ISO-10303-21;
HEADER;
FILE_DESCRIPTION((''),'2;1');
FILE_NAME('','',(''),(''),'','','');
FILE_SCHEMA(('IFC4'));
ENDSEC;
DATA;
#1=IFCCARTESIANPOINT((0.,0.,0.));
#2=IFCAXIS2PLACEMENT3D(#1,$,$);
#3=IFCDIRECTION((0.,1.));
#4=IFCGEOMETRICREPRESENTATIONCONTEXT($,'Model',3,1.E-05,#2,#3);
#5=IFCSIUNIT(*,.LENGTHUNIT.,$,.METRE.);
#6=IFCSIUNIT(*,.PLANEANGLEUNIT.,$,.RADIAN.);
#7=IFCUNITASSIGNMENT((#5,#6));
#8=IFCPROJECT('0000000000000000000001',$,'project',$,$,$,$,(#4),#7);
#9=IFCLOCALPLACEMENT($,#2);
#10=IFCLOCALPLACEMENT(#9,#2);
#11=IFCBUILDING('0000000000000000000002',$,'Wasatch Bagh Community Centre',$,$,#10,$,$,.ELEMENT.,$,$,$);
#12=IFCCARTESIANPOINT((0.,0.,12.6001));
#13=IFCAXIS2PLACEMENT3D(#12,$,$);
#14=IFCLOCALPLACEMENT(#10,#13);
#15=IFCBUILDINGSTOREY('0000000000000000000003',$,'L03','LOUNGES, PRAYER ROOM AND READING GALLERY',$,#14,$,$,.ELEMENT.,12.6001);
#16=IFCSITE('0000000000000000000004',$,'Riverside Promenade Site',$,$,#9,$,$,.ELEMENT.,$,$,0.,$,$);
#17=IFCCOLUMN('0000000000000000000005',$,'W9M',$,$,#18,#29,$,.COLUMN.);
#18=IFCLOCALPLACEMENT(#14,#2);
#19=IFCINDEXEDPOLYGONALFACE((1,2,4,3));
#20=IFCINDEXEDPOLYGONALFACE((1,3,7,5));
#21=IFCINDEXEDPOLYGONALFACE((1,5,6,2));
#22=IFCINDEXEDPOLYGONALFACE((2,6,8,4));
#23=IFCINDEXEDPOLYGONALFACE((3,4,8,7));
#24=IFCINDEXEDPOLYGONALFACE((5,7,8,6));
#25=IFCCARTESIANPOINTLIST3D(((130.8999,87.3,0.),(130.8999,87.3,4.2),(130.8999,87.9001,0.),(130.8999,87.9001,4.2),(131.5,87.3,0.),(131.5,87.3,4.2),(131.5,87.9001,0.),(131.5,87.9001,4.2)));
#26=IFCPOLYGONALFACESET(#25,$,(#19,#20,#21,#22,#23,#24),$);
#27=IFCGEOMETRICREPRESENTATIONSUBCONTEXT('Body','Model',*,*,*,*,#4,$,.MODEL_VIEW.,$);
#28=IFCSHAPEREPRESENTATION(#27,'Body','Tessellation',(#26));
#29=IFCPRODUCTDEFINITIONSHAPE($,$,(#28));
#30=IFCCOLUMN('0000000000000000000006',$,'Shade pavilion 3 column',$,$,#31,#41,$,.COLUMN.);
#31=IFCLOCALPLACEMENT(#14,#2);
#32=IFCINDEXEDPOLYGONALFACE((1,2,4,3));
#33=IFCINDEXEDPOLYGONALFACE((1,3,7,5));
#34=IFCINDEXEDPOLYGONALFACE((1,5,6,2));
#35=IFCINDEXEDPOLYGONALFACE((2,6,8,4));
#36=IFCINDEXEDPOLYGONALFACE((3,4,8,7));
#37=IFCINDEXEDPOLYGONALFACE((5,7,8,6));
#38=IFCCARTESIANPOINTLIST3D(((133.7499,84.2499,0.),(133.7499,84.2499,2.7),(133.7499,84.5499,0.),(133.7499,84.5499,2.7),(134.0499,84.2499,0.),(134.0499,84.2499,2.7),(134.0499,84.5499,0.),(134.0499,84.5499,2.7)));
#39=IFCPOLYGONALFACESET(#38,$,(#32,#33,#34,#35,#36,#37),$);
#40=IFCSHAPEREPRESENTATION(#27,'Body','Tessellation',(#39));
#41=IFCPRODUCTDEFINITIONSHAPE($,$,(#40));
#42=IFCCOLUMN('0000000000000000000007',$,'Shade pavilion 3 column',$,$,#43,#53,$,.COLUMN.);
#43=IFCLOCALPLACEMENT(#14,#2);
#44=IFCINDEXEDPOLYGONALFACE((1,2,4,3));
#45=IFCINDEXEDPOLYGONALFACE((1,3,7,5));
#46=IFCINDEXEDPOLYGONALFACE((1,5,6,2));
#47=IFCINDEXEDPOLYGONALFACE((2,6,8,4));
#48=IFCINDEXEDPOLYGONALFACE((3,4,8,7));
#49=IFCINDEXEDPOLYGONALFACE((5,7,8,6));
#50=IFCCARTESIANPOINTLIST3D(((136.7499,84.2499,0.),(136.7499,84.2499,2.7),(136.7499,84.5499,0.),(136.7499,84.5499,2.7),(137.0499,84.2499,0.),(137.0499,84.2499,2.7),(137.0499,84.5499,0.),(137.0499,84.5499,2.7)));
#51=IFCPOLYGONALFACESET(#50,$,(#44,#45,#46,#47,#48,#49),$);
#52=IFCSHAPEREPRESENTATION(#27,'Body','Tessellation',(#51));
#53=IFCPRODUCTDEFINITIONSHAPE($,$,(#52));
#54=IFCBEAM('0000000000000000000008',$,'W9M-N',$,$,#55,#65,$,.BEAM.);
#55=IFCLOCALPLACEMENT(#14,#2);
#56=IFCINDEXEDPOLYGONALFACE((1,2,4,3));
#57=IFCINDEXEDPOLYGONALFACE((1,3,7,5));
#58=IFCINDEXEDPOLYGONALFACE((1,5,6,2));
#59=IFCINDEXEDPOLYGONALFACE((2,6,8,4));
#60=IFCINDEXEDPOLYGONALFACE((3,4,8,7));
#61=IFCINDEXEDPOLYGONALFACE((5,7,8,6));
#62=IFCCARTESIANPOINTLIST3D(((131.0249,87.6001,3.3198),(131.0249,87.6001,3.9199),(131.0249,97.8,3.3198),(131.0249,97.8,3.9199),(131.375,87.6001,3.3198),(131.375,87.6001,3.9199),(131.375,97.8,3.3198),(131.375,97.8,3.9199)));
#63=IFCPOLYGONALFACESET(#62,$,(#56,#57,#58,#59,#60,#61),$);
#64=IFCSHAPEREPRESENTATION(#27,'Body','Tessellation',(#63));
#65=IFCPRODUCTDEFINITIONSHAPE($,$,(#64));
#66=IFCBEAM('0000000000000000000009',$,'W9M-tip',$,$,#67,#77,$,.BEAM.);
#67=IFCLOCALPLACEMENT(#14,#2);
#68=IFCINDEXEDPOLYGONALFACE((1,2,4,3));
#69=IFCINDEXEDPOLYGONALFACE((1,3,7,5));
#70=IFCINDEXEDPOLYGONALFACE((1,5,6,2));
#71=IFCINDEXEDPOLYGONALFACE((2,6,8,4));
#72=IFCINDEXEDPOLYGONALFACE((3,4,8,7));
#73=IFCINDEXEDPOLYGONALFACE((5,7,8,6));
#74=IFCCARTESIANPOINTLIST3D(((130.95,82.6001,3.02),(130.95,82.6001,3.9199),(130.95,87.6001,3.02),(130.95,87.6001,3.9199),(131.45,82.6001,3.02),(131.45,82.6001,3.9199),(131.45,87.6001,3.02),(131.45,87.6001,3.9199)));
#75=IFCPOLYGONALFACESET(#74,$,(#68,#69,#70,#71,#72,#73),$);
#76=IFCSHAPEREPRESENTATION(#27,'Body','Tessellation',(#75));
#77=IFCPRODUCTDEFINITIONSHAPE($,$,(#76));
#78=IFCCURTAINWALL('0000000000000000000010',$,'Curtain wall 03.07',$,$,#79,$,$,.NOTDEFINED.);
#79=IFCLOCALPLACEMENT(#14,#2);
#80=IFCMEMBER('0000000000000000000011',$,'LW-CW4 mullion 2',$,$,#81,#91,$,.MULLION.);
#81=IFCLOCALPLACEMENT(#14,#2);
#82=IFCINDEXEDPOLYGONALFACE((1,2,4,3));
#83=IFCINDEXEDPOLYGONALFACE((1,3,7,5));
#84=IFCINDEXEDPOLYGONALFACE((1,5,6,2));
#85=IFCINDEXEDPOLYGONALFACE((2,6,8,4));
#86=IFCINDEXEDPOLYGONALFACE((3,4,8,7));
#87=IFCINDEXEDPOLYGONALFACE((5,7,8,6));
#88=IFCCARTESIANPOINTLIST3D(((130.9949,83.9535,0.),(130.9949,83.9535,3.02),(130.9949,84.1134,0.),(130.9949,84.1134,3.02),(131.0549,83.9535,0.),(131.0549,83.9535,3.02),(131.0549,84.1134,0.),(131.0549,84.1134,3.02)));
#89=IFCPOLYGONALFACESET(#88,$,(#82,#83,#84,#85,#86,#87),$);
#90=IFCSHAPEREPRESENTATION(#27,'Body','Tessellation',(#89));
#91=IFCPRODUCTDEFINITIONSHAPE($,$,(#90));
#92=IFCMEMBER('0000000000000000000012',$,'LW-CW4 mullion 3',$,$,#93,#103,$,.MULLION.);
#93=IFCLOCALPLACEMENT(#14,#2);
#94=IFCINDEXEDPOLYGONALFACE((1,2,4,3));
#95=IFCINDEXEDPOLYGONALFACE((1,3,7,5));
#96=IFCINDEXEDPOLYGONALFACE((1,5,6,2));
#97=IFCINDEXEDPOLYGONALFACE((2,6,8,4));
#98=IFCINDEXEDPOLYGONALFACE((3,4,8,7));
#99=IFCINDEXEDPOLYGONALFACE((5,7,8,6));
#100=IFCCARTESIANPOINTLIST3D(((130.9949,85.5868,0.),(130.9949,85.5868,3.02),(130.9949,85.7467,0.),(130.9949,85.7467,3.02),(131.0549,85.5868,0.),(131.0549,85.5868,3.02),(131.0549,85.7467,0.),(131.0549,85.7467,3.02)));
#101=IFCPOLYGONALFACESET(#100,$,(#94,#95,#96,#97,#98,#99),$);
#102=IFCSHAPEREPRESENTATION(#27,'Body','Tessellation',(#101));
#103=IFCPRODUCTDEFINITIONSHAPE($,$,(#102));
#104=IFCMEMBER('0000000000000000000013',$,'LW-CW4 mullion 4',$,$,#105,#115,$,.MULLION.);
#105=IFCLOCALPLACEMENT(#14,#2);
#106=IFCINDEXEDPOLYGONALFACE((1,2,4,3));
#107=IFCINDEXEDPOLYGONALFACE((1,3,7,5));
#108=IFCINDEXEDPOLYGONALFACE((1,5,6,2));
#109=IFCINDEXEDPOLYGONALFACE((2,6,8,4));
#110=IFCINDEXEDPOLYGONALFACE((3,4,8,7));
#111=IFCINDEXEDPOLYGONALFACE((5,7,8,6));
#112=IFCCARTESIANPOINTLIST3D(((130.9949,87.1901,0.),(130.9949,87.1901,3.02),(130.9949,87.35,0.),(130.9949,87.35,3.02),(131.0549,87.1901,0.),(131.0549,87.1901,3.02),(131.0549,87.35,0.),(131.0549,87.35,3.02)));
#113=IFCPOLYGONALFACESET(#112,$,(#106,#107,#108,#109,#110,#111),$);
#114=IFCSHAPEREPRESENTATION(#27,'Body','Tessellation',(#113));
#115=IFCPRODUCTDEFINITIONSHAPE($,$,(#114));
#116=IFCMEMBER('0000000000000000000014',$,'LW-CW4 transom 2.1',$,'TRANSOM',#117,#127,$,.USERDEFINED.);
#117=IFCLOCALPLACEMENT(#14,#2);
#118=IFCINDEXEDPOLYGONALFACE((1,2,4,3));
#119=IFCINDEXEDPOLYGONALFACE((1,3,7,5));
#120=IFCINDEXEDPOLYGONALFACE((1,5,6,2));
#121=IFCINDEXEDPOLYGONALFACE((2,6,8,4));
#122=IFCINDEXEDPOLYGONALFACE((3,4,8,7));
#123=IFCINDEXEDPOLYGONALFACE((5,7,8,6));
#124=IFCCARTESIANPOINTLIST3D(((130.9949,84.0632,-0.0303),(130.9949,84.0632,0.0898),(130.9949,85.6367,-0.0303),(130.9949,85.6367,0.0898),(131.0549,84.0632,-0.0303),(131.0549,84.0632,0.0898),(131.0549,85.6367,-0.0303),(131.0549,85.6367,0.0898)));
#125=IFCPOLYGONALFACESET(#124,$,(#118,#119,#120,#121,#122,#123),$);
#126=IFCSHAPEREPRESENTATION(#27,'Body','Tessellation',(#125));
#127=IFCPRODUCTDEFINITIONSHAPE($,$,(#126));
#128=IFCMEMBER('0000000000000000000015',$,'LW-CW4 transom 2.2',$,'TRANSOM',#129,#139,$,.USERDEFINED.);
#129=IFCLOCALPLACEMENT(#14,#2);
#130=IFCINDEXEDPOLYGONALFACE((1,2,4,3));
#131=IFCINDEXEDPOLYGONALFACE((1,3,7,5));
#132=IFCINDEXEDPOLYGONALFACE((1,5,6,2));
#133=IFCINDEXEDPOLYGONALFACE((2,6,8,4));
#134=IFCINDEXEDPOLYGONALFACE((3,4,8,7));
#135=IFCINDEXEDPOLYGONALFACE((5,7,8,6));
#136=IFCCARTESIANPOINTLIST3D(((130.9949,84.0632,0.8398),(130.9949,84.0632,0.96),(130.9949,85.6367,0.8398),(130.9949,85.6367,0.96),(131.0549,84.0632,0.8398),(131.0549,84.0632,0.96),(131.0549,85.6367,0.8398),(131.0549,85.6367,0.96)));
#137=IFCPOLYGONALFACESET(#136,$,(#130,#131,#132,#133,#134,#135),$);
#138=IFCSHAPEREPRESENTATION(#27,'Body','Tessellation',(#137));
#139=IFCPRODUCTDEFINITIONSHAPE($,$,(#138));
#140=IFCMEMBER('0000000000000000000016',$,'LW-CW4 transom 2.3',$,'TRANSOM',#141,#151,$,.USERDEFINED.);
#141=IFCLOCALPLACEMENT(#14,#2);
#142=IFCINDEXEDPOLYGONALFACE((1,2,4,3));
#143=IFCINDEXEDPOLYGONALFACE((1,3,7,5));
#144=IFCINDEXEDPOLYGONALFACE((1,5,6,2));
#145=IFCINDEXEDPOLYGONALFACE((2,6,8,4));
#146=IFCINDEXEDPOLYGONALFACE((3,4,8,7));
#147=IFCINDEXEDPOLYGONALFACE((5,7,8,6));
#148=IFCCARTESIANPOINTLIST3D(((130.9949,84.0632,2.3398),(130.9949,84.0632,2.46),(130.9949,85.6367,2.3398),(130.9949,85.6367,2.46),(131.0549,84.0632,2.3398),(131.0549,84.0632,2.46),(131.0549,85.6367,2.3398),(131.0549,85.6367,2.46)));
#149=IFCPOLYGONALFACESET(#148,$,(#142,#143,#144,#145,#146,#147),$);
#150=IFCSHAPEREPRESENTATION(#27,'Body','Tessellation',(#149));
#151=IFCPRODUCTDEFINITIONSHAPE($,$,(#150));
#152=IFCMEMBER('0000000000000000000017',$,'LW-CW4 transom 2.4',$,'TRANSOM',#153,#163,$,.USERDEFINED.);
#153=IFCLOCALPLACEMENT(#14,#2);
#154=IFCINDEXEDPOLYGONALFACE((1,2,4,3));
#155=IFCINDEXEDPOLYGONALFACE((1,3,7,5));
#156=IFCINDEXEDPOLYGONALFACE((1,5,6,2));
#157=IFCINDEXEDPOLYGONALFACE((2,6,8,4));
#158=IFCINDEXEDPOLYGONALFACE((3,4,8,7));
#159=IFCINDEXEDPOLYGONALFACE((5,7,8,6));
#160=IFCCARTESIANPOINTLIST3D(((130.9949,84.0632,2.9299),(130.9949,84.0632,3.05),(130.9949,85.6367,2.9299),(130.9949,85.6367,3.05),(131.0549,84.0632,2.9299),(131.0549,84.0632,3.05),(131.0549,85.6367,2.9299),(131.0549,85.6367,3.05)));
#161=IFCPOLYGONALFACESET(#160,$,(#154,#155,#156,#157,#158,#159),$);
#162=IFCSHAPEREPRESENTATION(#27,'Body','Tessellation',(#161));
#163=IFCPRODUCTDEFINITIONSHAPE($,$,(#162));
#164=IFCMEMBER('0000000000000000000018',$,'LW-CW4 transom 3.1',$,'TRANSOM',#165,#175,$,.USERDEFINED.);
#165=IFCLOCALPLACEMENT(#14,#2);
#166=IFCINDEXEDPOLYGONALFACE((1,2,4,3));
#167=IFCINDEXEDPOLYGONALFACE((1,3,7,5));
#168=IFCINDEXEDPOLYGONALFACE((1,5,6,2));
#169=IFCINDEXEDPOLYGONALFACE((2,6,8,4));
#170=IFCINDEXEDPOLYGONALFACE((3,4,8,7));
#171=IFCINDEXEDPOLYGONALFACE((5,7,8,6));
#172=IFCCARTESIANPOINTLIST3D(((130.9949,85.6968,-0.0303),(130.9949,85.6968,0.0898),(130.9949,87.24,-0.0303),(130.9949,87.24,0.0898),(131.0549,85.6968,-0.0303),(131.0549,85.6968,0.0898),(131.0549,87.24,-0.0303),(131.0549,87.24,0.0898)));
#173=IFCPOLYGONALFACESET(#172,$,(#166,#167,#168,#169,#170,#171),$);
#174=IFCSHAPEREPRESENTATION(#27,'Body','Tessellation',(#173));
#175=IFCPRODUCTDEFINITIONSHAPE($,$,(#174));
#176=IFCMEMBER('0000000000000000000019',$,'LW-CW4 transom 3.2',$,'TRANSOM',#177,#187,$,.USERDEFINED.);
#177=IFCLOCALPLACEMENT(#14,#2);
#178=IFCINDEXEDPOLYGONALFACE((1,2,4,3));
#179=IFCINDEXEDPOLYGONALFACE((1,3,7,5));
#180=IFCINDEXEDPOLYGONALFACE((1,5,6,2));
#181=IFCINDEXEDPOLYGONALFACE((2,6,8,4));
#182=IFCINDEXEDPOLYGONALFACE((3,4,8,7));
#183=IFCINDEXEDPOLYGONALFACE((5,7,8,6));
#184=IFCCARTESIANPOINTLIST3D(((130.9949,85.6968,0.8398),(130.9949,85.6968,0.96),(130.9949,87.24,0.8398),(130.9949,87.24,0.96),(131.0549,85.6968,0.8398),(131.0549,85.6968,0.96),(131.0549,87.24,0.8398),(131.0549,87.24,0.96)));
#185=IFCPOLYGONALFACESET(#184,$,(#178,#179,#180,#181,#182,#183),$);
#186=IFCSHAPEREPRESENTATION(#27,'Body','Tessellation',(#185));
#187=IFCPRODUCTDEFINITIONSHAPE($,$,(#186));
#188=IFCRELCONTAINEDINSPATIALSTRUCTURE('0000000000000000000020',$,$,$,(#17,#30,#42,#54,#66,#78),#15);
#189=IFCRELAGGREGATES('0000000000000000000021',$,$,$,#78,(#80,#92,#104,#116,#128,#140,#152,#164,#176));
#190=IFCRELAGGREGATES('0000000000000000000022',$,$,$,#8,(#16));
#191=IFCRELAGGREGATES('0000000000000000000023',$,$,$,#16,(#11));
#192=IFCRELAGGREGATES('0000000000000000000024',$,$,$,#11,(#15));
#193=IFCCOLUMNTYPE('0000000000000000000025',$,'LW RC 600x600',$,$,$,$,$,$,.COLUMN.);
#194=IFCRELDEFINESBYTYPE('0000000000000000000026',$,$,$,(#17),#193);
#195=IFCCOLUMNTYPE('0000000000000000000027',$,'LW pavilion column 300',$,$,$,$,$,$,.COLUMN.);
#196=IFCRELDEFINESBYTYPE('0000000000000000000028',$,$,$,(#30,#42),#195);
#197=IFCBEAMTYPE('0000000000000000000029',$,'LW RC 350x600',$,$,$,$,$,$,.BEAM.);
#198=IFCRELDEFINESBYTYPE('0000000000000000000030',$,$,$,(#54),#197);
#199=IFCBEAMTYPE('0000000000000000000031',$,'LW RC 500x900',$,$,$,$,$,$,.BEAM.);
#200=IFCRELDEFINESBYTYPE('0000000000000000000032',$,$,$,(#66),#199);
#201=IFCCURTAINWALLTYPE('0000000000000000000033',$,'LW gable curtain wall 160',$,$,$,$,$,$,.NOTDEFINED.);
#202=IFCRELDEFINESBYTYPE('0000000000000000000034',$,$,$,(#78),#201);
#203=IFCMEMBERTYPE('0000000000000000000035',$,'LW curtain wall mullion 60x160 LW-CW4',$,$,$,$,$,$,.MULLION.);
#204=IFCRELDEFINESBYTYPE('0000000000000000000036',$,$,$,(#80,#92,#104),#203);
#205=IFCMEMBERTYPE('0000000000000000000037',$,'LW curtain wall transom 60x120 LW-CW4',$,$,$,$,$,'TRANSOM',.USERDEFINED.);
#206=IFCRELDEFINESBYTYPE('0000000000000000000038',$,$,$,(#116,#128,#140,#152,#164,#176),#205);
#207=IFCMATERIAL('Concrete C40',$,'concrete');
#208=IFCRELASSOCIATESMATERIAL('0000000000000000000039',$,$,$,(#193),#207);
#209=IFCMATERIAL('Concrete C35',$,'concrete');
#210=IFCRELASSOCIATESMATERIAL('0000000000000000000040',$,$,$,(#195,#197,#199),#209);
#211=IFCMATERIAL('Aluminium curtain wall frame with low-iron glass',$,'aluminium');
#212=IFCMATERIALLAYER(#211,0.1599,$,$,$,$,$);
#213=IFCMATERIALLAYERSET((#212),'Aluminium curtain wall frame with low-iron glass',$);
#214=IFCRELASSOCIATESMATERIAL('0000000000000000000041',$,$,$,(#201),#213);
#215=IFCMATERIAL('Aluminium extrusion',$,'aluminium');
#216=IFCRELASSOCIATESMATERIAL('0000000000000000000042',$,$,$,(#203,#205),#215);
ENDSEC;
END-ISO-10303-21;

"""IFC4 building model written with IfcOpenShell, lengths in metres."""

from ifc_helpers import new_model, si_unit, direction, frame, origin, origin_2d, place, context, subcontext, project, spatial, rectangle, extrude, material, layer, layer_set, material_profile, profile_set, type_object, element, aggregate, save


model = new_model("IFC4")

# Units and contexts
model_context = context("Model", 3, precision=1e-05, world=origin(), true_north=direction((0.0, 1.0)))
body_context = subcontext(model_context, "Body", "Model", "MODEL_VIEW")
ifc_project = project(units=[si_unit("LENGTHUNIT", "METRE"), si_unit("PLANEANGLEUNIT", "RADIAN")], contexts=[model_context])

# Site, building, storey
site_placement = place(None, origin())
site = spatial("IfcSite", under=ifc_project, at=site_placement, Name="Riverside Promenade Site", CompositionType="ELEMENT", RefElevation=0.0)
building_placement = place(site_placement, origin())
building = spatial("IfcBuilding", under=site, at=building_placement, Name="Wasatch Bagh Community Centre", CompositionType="ELEMENT")
storey_placement = place(building_placement, frame((0.0, 0.0, 12.6001)))
storey = spatial("IfcBuildingStorey", under=building, at=storey_placement, Name="L03", Description="LOUNGES, PRAYER ROOM AND READING GALLERY", CompositionType="ELEMENT", Elevation=12.6001)

# Columns
ifc_material_1 = material(Name="Concrete C40", Category="concrete")
ifc_material_profile_1 = material_profile(ifc_material_1, rectangle(XDim=0.6001, YDim=0.6001, at=origin_2d()), Name="RC 600x600")
ifc_profile_set_1 = profile_set([ifc_material_profile_1], Name="Concrete C40")
column_type_1 = type_object("IfcColumnType", Name="LW RC 600x600", PredefinedType="COLUMN", material=ifc_profile_set_1)
column_placement = place(storey_placement, frame((131.2, 87.6001, 0.0), z_axis=(0.0, 0.0, 1.0), x_axis=(1.0, 0.0, 0.0)))
element("IfcColumn", 1, at=column_placement, inside=storey, type_object=column_type_1, Name="W9M", PredefinedType="COLUMN", context=body_context, shape_type="SweptSolid", body=[
    extrude(rectangle(XDim=0.6001, YDim=0.6001, at=origin_2d()), origin(), (0.0, 0.0, 1.0), 4.2),
])
ifc_material_2 = material(Name="Concrete C35", Category="concrete")
ifc_material_profile_2 = material_profile(ifc_material_2, rectangle(XDim=0.3, YDim=0.3, at=origin_2d()), Name="RC 300x300")
ifc_profile_set_2 = profile_set([ifc_material_profile_2], Name="Concrete C35")
column_type_2 = type_object("IfcColumnType", Name="LW pavilion column 300", PredefinedType="COLUMN", material=ifc_profile_set_2)
for number, where, z_axis, x_axis, name in (
    (2, (133.8999, 84.3999, 0.0), (0.0, 0.0, 1.0), (1.0, 0.0, 0.0), "Shade pavilion 3 column"),
    (3, (136.8999, 84.3999, 0.0), (0.0, 0.0, 1.0), (1.0, 0.0, 0.0), "Shade pavilion 3 column"),
):
    element("IfcColumn", number, at=place(storey_placement, frame(where, z_axis=z_axis, x_axis=x_axis)), inside=storey, type_object=column_type_2, Name=name, PredefinedType="COLUMN", context=body_context, shape_type="SweptSolid", body=[
        extrude(rectangle(XDim=0.3, YDim=0.3, at=origin_2d()), origin(), (0.0, 0.0, 1.0), 2.7),
    ])

# Beams
ifc_material_profile_3 = material_profile(ifc_material_2, rectangle(XDim=0.3501, YDim=0.6001, at=origin_2d()), Name="RC 350x600")
ifc_profile_set_3 = profile_set([ifc_material_profile_3], Name="Concrete C35")
beam_type_1 = type_object("IfcBeamType", Name="LW RC 350x600", PredefinedType="BEAM", material=ifc_profile_set_3)
beam_1_placement = place(storey_placement, frame((131.2, 87.6001, 3.6199), z_axis=(0.0, 1.0, 0.0), x_axis=(-1.0, 0.0, 0.0)))
element("IfcBeam", 4, at=beam_1_placement, inside=storey, type_object=beam_type_1, Name="W9M-N", PredefinedType="BEAM", context=body_context, shape_type="SweptSolid", body=[
    extrude(rectangle(XDim=0.3501, YDim=0.6001, at=origin_2d()), origin(), (0.0, 0.0, 1.0), 10.2),
])
ifc_material_profile_4 = material_profile(ifc_material_2, rectangle(XDim=0.5, YDim=0.8999, at=origin_2d()), Name="RC 500x900")
ifc_profile_set_4 = profile_set([ifc_material_profile_4], Name="Concrete C35")
beam_type_2 = type_object("IfcBeamType", Name="LW RC 500x900", PredefinedType="BEAM", material=ifc_profile_set_4)
beam_2_placement = place(storey_placement, frame((131.2, 87.6001, 3.47), z_axis=(0.0, -1.0, 0.0), x_axis=(1.0, 0.0, 0.0)))
element("IfcBeam", 5, at=beam_2_placement, inside=storey, type_object=beam_type_2, Name="W9M-tip", PredefinedType="BEAM", context=body_context, shape_type="SweptSolid", body=[
    extrude(rectangle(XDim=0.5, YDim=0.8999, at=origin_2d()), origin(), (0.0, 0.0, 1.0), 5.0),
])

# Curtain wall, members
ifc_material_3 = material(Name="Aluminium curtain wall frame with low-iron glass", Category="aluminium")
ifc_layer_1 = layer(ifc_material_3, 0.1599)
ifc_layer_set_1 = layer_set([ifc_layer_1], Name="Aluminium curtain wall frame with low-iron glass")
curtain_wall_type = type_object("IfcCurtainWallType", Name="LW gable curtain wall 160", PredefinedType="NOTDEFINED", material=ifc_layer_set_1)
curtain_wall_placement = place(storey_placement, origin())
curtain_wall = element("IfcCurtainWall", 6, at=curtain_wall_placement, inside=storey, type_object=curtain_wall_type, Name="Curtain wall 03.07", PredefinedType="NOTDEFINED")
ifc_material_4 = material(Name="Aluminium extrusion", Category="aluminium")
ifc_material_profile_5 = material_profile(ifc_material_4, rectangle(XDim=0.0601, YDim=0.1599, at=origin_2d()), Name="AL 60x160")
ifc_profile_set_5 = profile_set([ifc_material_profile_5], Name="Aluminium extrusion")
member_type_1 = type_object("IfcMemberType", Name="LW curtain wall mullion 60x160 LW-CW4", PredefinedType="MULLION", material=ifc_profile_set_5)
member_1_placement = place(storey_placement, frame((131.0249, 84.0334, 0.0), z_axis=(0.0, 0.0, 1.0), x_axis=(-1.0, 0.0, 0.0)))
member_1 = element("IfcMember", 7, at=member_1_placement, type_object=member_type_1, Name="LW-CW4 mullion 2", PredefinedType="MULLION", context=body_context, shape_type="SweptSolid", body=[
    extrude(rectangle(XDim=0.0601, YDim=0.1599, at=origin_2d()), origin(), (0.0, 0.0, 1.0), 3.02),
])
member_2_placement = place(storey_placement, frame((131.0249, 85.6667, 0.0), z_axis=(0.0, 0.0, 1.0), x_axis=(-1.0, 0.0, 0.0)))
member_2 = element("IfcMember", 8, at=member_2_placement, type_object=member_type_1, Name="LW-CW4 mullion 3", PredefinedType="MULLION", context=body_context, shape_type="SweptSolid", body=[
    extrude(rectangle(XDim=0.0601, YDim=0.1599, at=origin_2d()), origin(), (0.0, 0.0, 1.0), 3.02),
])
member_3_placement = place(storey_placement, frame((131.0249, 87.27, 0.0), z_axis=(0.0, 0.0, 1.0), x_axis=(-1.0, 0.0, 0.0)))
member_3 = element("IfcMember", 9, at=member_3_placement, type_object=member_type_1, Name="LW-CW4 mullion 4", PredefinedType="MULLION", context=body_context, shape_type="SweptSolid", body=[
    extrude(rectangle(XDim=0.0601, YDim=0.1599, at=origin_2d()), origin(), (0.0, 0.0, 1.0), 3.02),
])
ifc_material_profile_6 = material_profile(ifc_material_4, rectangle(XDim=0.0601, YDim=0.1201, at=origin_2d()), Name="AL 60x120")
ifc_profile_set_6 = profile_set([ifc_material_profile_6], Name="Aluminium extrusion")
member_type_2 = type_object("IfcMemberType", Name="LW curtain wall transom 60x120 LW-CW4", ElementType="TRANSOM", PredefinedType="USERDEFINED", material=ifc_profile_set_6)
member_4_placement = place(storey_placement, frame((131.0249, 84.0632, 0.0298), z_axis=(0.0, 1.0, 0.0), x_axis=(-1.0, 0.0, 0.0)))
member_4 = element("IfcMember", 10, at=member_4_placement, type_object=member_type_2, Name="LW-CW4 transom 2.1", ObjectType="TRANSOM", PredefinedType="USERDEFINED", context=body_context, shape_type="SweptSolid", body=[
    extrude(rectangle(XDim=0.0601, YDim=0.1201, at=origin_2d()), origin(), (0.0, 0.0, 1.0), 1.5735),
])
member_5_placement = place(storey_placement, frame((131.0249, 84.0632, 0.8999), z_axis=(0.0, 1.0, 0.0), x_axis=(-1.0, 0.0, 0.0)))
member_5 = element("IfcMember", 11, at=member_5_placement, type_object=member_type_2, Name="LW-CW4 transom 2.2", ObjectType="TRANSOM", PredefinedType="USERDEFINED", context=body_context, shape_type="SweptSolid", body=[
    extrude(rectangle(XDim=0.0601, YDim=0.1201, at=origin_2d()), origin(), (0.0, 0.0, 1.0), 1.5735),
])
member_6_placement = place(storey_placement, frame((131.0249, 84.0632, 2.3999), z_axis=(0.0, 1.0, 0.0), x_axis=(-1.0, 0.0, 0.0)))
member_6 = element("IfcMember", 12, at=member_6_placement, type_object=member_type_2, Name="LW-CW4 transom 2.3", ObjectType="TRANSOM", PredefinedType="USERDEFINED", context=body_context, shape_type="SweptSolid", body=[
    extrude(rectangle(XDim=0.0601, YDim=0.1201, at=origin_2d()), origin(), (0.0, 0.0, 1.0), 1.5735),
])
member_7_placement = place(storey_placement, frame((131.0249, 84.0632, 2.99), z_axis=(0.0, 1.0, 0.0), x_axis=(-1.0, 0.0, 0.0)))
member_7 = element("IfcMember", 13, at=member_7_placement, type_object=member_type_2, Name="LW-CW4 transom 2.4", ObjectType="TRANSOM", PredefinedType="USERDEFINED", context=body_context, shape_type="SweptSolid", body=[
    extrude(rectangle(XDim=0.0601, YDim=0.1201, at=origin_2d()), origin(), (0.0, 0.0, 1.0), 1.5735),
])
member_8_placement = place(storey_placement, frame((131.0249, 85.6968, 0.0298), z_axis=(0.0, 1.0, 0.0), x_axis=(-1.0, 0.0, 0.0)))
member_8 = element("IfcMember", 14, at=member_8_placement, type_object=member_type_2, Name="LW-CW4 transom 3.1", ObjectType="TRANSOM", PredefinedType="USERDEFINED", context=body_context, shape_type="SweptSolid", body=[
    extrude(rectangle(XDim=0.0601, YDim=0.1201, at=origin_2d()), origin(), (0.0, 0.0, 1.0), 1.5432),
])
member_9_placement = place(storey_placement, frame((131.0249, 85.6968, 0.8999), z_axis=(0.0, 1.0, 0.0), x_axis=(-1.0, 0.0, 0.0)))
member_9 = element("IfcMember", 15, at=member_9_placement, type_object=member_type_2, Name="LW-CW4 transom 3.2", ObjectType="TRANSOM", PredefinedType="USERDEFINED", context=body_context, shape_type="SweptSolid", body=[
    extrude(rectangle(XDim=0.0601, YDim=0.1201, at=origin_2d()), origin(), (0.0, 0.0, 1.0), 1.5432),
])

aggregate(curtain_wall, [member_1, member_2, member_3, member_4, member_5, member_6, member_7, member_8, member_9])

save(model, "model.ifc")
